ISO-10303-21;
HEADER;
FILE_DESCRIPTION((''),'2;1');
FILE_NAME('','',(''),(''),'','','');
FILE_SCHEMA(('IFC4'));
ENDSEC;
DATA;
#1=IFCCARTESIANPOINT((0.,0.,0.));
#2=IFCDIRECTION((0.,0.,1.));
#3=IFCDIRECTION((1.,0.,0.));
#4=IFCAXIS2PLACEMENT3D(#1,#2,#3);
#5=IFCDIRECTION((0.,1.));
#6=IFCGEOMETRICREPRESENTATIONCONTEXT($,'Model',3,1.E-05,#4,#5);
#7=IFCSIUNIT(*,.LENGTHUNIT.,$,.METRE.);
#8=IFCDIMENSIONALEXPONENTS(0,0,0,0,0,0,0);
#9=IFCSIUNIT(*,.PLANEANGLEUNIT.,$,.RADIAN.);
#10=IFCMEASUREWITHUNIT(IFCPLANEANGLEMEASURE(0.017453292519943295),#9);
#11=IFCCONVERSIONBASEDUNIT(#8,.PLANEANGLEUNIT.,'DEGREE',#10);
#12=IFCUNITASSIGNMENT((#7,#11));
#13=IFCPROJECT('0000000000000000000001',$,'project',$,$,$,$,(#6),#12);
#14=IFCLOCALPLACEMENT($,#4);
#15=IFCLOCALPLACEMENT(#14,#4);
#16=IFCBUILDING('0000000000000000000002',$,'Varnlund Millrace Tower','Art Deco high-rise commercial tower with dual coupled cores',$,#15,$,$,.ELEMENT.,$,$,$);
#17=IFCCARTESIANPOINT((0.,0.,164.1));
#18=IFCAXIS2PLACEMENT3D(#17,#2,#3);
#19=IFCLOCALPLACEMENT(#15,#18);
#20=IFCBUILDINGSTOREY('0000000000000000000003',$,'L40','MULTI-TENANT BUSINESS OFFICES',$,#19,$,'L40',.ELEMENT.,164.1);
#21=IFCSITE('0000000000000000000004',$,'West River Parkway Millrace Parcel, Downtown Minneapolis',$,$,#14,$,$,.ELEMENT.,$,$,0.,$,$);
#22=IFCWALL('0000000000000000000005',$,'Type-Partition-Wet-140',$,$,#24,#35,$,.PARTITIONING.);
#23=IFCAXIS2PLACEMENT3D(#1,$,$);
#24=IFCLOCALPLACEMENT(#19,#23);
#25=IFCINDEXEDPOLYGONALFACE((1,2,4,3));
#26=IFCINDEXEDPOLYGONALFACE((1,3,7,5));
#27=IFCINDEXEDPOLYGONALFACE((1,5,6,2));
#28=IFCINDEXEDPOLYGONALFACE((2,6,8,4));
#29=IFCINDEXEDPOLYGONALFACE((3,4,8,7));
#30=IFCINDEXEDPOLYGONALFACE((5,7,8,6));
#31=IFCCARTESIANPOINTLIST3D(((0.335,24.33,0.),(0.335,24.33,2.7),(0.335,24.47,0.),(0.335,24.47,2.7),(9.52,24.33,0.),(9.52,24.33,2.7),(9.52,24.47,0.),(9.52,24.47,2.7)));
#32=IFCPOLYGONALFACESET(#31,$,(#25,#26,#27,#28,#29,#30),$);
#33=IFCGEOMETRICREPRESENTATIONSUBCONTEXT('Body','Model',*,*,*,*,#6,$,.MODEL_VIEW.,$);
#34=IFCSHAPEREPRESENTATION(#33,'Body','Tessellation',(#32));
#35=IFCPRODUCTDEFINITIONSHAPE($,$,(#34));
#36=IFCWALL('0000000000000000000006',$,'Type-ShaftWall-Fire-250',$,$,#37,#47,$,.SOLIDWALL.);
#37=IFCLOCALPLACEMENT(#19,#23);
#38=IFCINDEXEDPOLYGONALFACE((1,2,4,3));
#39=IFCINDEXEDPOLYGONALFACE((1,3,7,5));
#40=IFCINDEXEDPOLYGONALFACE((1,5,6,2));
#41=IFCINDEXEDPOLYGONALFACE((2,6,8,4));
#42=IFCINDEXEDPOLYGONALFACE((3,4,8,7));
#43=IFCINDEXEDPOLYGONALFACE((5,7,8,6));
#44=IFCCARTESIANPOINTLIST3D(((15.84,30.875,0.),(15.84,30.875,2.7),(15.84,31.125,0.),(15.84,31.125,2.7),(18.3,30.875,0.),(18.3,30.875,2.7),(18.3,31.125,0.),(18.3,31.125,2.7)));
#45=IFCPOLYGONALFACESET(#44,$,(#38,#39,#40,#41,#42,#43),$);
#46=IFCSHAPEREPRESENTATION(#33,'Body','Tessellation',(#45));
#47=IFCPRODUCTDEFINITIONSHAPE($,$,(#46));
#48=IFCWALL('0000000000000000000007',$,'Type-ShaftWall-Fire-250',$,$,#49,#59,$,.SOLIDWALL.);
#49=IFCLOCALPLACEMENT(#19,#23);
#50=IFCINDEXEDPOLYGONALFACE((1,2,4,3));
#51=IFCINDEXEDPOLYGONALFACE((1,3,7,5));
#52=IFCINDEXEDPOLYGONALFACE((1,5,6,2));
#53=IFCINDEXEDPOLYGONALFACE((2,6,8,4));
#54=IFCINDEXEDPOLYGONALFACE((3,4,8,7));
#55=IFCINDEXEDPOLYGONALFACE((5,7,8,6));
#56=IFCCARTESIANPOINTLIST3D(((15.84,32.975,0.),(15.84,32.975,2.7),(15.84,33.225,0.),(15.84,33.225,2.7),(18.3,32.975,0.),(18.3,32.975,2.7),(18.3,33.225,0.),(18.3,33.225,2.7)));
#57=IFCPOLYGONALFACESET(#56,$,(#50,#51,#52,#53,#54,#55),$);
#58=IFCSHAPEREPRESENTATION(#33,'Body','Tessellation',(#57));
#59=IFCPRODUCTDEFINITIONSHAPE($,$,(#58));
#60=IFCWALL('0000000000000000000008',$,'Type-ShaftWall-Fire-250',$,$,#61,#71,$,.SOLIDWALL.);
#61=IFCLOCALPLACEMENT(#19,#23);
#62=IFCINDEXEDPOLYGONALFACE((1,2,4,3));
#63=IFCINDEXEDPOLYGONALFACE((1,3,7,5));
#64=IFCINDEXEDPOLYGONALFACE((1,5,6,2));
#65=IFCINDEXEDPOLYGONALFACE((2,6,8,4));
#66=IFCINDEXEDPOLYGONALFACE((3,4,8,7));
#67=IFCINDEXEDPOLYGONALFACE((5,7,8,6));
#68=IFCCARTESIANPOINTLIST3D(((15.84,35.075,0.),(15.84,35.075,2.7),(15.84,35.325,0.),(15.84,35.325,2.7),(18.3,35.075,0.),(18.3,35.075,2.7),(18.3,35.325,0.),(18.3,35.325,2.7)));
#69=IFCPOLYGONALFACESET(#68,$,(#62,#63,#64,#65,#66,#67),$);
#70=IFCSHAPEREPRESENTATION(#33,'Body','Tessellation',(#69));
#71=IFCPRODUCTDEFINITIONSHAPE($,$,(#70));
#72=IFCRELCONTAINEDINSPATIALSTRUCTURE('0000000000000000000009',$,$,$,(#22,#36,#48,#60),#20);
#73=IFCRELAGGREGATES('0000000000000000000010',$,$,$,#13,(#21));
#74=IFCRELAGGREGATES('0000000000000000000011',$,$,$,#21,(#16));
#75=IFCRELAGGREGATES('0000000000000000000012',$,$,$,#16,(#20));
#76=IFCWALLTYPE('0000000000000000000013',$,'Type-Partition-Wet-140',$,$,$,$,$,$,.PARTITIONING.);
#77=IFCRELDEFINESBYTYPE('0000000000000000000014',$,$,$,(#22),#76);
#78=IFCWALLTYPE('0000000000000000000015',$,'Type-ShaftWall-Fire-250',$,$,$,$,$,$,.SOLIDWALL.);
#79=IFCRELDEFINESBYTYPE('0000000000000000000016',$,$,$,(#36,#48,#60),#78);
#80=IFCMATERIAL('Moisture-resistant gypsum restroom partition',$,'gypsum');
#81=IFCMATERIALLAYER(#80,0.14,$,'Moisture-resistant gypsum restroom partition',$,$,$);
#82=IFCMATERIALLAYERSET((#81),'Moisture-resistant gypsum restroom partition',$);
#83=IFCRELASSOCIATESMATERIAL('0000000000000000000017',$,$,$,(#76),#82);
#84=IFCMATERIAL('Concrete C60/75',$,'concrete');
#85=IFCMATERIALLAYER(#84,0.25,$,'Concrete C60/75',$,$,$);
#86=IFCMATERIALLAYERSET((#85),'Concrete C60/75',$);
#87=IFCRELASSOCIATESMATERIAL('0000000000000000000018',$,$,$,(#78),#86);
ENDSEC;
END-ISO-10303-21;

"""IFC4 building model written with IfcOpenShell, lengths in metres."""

from ifc_helpers import new_model, entity, si_unit, converted_unit, direction, frame, origin_with_axes, place, context, subcontext, project, spatial, polyline, outline, extrude, material, layer, layer_set, type_object, element, save


model = new_model("IFC4")

# Units and contexts
model_context = context("Model", 3, precision=1e-05, world=origin_with_axes(), true_north=direction((0.0, 1.0)))
body_context = subcontext(model_context, "Body", "Model", "MODEL_VIEW")
ifc_project = project(units=[si_unit("LENGTHUNIT", "METRE"), converted_unit("PLANEANGLEUNIT", "DEGREE", entity("IfcPlaneAngleMeasure", 0.017453292519943295), si_unit("PLANEANGLEUNIT", "RADIAN"), dimensions=[0, 0, 0, 0, 0, 0, 0])], contexts=[model_context])

# Site, building, storey
site_placement = place(None, origin_with_axes())
site = spatial("IfcSite", under=ifc_project, at=site_placement, Name="West River Parkway Millrace Parcel, Downtown Minneapolis", CompositionType="ELEMENT", RefElevation=0.0)
building_placement = place(site_placement, origin_with_axes())
building = spatial("IfcBuilding", under=site, at=building_placement, Name="Varnlund Millrace Tower", Description="Art Deco high-rise commercial tower with dual coupled cores", CompositionType="ELEMENT")
storey_placement = place(building_placement, frame((0.0, 0.0, 164.1), z_axis=(0.0, 0.0, 1.0), x_axis=(1.0, 0.0, 0.0)))
storey = spatial("IfcBuildingStorey", under=building, at=storey_placement, Name="L40", Description="MULTI-TENANT BUSINESS OFFICES", LongName="L40", CompositionType="ELEMENT", Elevation=164.1)

# Walls
ifc_material_1 = material(Name="Moisture-resistant gypsum restroom partition", Category="gypsum")
ifc_layer_1 = layer(ifc_material_1, 0.14, Name="Moisture-resistant gypsum restroom partition")
ifc_layer_set_1 = layer_set([ifc_layer_1], Name="Moisture-resistant gypsum restroom partition")
wall_type_1 = type_object("IfcWallType", Name="Type-Partition-Wet-140", PredefinedType="PARTITIONING", material=ifc_layer_set_1)
wall_1_placement = place(storey_placement, frame((0.335, 24.4, 0.0), z_axis=(0.0, 0.0, 1.0), x_axis=(1.0, 0.0, 0.0)))
element("IfcWall", 1, at=wall_1_placement, inside=storey, type_object=wall_type_1, Name="Type-Partition-Wet-140", PredefinedType="PARTITIONING", context=body_context, shape_type="SweptSolid", body=[
    extrude(outline(polyline([(0.0, -0.07), (9.185, -0.07), (9.185, 0.07), (0.0, 0.07), (0.0, -0.07)])), origin_with_axes(), (0.0, 0.0, 1.0), 2.7),
])
ifc_material_2 = material(Name="Concrete C60/75", Category="concrete")
ifc_layer_2 = layer(ifc_material_2, 0.25, Name="Concrete C60/75")
ifc_layer_set_2 = layer_set([ifc_layer_2], Name="Concrete C60/75")
wall_type_2 = type_object("IfcWallType", Name="Type-ShaftWall-Fire-250", PredefinedType="SOLIDWALL", material=ifc_layer_set_2)
for number, where, z_axis, x_axis, name in (
    (2, (15.84, 31.0, 0.0), (0.0, 0.0, 1.0), (1.0, 0.0, 0.0), "Type-ShaftWall-Fire-250"),
    (3, (15.84, 33.1, 0.0), (0.0, 0.0, 1.0), (1.0, 0.0, 0.0), "Type-ShaftWall-Fire-250"),
    (4, (15.84, 35.2, 0.0), (0.0, 0.0, 1.0), (1.0, 0.0, 0.0), "Type-ShaftWall-Fire-250"),
):
    element("IfcWall", number, at=place(storey_placement, frame(where, z_axis=z_axis, x_axis=x_axis)), inside=storey, type_object=wall_type_2, Name=name, PredefinedType="SOLIDWALL", context=body_context, shape_type="SweptSolid", body=[
        extrude(outline(polyline([(0.0, -0.125), (2.46, -0.125), (2.46, 0.125), (0.0, 0.125), (0.0, -0.125)])), origin_with_axes(), (0.0, 0.0, 1.0), 2.7),
    ])

save(model, "model.ifc")
